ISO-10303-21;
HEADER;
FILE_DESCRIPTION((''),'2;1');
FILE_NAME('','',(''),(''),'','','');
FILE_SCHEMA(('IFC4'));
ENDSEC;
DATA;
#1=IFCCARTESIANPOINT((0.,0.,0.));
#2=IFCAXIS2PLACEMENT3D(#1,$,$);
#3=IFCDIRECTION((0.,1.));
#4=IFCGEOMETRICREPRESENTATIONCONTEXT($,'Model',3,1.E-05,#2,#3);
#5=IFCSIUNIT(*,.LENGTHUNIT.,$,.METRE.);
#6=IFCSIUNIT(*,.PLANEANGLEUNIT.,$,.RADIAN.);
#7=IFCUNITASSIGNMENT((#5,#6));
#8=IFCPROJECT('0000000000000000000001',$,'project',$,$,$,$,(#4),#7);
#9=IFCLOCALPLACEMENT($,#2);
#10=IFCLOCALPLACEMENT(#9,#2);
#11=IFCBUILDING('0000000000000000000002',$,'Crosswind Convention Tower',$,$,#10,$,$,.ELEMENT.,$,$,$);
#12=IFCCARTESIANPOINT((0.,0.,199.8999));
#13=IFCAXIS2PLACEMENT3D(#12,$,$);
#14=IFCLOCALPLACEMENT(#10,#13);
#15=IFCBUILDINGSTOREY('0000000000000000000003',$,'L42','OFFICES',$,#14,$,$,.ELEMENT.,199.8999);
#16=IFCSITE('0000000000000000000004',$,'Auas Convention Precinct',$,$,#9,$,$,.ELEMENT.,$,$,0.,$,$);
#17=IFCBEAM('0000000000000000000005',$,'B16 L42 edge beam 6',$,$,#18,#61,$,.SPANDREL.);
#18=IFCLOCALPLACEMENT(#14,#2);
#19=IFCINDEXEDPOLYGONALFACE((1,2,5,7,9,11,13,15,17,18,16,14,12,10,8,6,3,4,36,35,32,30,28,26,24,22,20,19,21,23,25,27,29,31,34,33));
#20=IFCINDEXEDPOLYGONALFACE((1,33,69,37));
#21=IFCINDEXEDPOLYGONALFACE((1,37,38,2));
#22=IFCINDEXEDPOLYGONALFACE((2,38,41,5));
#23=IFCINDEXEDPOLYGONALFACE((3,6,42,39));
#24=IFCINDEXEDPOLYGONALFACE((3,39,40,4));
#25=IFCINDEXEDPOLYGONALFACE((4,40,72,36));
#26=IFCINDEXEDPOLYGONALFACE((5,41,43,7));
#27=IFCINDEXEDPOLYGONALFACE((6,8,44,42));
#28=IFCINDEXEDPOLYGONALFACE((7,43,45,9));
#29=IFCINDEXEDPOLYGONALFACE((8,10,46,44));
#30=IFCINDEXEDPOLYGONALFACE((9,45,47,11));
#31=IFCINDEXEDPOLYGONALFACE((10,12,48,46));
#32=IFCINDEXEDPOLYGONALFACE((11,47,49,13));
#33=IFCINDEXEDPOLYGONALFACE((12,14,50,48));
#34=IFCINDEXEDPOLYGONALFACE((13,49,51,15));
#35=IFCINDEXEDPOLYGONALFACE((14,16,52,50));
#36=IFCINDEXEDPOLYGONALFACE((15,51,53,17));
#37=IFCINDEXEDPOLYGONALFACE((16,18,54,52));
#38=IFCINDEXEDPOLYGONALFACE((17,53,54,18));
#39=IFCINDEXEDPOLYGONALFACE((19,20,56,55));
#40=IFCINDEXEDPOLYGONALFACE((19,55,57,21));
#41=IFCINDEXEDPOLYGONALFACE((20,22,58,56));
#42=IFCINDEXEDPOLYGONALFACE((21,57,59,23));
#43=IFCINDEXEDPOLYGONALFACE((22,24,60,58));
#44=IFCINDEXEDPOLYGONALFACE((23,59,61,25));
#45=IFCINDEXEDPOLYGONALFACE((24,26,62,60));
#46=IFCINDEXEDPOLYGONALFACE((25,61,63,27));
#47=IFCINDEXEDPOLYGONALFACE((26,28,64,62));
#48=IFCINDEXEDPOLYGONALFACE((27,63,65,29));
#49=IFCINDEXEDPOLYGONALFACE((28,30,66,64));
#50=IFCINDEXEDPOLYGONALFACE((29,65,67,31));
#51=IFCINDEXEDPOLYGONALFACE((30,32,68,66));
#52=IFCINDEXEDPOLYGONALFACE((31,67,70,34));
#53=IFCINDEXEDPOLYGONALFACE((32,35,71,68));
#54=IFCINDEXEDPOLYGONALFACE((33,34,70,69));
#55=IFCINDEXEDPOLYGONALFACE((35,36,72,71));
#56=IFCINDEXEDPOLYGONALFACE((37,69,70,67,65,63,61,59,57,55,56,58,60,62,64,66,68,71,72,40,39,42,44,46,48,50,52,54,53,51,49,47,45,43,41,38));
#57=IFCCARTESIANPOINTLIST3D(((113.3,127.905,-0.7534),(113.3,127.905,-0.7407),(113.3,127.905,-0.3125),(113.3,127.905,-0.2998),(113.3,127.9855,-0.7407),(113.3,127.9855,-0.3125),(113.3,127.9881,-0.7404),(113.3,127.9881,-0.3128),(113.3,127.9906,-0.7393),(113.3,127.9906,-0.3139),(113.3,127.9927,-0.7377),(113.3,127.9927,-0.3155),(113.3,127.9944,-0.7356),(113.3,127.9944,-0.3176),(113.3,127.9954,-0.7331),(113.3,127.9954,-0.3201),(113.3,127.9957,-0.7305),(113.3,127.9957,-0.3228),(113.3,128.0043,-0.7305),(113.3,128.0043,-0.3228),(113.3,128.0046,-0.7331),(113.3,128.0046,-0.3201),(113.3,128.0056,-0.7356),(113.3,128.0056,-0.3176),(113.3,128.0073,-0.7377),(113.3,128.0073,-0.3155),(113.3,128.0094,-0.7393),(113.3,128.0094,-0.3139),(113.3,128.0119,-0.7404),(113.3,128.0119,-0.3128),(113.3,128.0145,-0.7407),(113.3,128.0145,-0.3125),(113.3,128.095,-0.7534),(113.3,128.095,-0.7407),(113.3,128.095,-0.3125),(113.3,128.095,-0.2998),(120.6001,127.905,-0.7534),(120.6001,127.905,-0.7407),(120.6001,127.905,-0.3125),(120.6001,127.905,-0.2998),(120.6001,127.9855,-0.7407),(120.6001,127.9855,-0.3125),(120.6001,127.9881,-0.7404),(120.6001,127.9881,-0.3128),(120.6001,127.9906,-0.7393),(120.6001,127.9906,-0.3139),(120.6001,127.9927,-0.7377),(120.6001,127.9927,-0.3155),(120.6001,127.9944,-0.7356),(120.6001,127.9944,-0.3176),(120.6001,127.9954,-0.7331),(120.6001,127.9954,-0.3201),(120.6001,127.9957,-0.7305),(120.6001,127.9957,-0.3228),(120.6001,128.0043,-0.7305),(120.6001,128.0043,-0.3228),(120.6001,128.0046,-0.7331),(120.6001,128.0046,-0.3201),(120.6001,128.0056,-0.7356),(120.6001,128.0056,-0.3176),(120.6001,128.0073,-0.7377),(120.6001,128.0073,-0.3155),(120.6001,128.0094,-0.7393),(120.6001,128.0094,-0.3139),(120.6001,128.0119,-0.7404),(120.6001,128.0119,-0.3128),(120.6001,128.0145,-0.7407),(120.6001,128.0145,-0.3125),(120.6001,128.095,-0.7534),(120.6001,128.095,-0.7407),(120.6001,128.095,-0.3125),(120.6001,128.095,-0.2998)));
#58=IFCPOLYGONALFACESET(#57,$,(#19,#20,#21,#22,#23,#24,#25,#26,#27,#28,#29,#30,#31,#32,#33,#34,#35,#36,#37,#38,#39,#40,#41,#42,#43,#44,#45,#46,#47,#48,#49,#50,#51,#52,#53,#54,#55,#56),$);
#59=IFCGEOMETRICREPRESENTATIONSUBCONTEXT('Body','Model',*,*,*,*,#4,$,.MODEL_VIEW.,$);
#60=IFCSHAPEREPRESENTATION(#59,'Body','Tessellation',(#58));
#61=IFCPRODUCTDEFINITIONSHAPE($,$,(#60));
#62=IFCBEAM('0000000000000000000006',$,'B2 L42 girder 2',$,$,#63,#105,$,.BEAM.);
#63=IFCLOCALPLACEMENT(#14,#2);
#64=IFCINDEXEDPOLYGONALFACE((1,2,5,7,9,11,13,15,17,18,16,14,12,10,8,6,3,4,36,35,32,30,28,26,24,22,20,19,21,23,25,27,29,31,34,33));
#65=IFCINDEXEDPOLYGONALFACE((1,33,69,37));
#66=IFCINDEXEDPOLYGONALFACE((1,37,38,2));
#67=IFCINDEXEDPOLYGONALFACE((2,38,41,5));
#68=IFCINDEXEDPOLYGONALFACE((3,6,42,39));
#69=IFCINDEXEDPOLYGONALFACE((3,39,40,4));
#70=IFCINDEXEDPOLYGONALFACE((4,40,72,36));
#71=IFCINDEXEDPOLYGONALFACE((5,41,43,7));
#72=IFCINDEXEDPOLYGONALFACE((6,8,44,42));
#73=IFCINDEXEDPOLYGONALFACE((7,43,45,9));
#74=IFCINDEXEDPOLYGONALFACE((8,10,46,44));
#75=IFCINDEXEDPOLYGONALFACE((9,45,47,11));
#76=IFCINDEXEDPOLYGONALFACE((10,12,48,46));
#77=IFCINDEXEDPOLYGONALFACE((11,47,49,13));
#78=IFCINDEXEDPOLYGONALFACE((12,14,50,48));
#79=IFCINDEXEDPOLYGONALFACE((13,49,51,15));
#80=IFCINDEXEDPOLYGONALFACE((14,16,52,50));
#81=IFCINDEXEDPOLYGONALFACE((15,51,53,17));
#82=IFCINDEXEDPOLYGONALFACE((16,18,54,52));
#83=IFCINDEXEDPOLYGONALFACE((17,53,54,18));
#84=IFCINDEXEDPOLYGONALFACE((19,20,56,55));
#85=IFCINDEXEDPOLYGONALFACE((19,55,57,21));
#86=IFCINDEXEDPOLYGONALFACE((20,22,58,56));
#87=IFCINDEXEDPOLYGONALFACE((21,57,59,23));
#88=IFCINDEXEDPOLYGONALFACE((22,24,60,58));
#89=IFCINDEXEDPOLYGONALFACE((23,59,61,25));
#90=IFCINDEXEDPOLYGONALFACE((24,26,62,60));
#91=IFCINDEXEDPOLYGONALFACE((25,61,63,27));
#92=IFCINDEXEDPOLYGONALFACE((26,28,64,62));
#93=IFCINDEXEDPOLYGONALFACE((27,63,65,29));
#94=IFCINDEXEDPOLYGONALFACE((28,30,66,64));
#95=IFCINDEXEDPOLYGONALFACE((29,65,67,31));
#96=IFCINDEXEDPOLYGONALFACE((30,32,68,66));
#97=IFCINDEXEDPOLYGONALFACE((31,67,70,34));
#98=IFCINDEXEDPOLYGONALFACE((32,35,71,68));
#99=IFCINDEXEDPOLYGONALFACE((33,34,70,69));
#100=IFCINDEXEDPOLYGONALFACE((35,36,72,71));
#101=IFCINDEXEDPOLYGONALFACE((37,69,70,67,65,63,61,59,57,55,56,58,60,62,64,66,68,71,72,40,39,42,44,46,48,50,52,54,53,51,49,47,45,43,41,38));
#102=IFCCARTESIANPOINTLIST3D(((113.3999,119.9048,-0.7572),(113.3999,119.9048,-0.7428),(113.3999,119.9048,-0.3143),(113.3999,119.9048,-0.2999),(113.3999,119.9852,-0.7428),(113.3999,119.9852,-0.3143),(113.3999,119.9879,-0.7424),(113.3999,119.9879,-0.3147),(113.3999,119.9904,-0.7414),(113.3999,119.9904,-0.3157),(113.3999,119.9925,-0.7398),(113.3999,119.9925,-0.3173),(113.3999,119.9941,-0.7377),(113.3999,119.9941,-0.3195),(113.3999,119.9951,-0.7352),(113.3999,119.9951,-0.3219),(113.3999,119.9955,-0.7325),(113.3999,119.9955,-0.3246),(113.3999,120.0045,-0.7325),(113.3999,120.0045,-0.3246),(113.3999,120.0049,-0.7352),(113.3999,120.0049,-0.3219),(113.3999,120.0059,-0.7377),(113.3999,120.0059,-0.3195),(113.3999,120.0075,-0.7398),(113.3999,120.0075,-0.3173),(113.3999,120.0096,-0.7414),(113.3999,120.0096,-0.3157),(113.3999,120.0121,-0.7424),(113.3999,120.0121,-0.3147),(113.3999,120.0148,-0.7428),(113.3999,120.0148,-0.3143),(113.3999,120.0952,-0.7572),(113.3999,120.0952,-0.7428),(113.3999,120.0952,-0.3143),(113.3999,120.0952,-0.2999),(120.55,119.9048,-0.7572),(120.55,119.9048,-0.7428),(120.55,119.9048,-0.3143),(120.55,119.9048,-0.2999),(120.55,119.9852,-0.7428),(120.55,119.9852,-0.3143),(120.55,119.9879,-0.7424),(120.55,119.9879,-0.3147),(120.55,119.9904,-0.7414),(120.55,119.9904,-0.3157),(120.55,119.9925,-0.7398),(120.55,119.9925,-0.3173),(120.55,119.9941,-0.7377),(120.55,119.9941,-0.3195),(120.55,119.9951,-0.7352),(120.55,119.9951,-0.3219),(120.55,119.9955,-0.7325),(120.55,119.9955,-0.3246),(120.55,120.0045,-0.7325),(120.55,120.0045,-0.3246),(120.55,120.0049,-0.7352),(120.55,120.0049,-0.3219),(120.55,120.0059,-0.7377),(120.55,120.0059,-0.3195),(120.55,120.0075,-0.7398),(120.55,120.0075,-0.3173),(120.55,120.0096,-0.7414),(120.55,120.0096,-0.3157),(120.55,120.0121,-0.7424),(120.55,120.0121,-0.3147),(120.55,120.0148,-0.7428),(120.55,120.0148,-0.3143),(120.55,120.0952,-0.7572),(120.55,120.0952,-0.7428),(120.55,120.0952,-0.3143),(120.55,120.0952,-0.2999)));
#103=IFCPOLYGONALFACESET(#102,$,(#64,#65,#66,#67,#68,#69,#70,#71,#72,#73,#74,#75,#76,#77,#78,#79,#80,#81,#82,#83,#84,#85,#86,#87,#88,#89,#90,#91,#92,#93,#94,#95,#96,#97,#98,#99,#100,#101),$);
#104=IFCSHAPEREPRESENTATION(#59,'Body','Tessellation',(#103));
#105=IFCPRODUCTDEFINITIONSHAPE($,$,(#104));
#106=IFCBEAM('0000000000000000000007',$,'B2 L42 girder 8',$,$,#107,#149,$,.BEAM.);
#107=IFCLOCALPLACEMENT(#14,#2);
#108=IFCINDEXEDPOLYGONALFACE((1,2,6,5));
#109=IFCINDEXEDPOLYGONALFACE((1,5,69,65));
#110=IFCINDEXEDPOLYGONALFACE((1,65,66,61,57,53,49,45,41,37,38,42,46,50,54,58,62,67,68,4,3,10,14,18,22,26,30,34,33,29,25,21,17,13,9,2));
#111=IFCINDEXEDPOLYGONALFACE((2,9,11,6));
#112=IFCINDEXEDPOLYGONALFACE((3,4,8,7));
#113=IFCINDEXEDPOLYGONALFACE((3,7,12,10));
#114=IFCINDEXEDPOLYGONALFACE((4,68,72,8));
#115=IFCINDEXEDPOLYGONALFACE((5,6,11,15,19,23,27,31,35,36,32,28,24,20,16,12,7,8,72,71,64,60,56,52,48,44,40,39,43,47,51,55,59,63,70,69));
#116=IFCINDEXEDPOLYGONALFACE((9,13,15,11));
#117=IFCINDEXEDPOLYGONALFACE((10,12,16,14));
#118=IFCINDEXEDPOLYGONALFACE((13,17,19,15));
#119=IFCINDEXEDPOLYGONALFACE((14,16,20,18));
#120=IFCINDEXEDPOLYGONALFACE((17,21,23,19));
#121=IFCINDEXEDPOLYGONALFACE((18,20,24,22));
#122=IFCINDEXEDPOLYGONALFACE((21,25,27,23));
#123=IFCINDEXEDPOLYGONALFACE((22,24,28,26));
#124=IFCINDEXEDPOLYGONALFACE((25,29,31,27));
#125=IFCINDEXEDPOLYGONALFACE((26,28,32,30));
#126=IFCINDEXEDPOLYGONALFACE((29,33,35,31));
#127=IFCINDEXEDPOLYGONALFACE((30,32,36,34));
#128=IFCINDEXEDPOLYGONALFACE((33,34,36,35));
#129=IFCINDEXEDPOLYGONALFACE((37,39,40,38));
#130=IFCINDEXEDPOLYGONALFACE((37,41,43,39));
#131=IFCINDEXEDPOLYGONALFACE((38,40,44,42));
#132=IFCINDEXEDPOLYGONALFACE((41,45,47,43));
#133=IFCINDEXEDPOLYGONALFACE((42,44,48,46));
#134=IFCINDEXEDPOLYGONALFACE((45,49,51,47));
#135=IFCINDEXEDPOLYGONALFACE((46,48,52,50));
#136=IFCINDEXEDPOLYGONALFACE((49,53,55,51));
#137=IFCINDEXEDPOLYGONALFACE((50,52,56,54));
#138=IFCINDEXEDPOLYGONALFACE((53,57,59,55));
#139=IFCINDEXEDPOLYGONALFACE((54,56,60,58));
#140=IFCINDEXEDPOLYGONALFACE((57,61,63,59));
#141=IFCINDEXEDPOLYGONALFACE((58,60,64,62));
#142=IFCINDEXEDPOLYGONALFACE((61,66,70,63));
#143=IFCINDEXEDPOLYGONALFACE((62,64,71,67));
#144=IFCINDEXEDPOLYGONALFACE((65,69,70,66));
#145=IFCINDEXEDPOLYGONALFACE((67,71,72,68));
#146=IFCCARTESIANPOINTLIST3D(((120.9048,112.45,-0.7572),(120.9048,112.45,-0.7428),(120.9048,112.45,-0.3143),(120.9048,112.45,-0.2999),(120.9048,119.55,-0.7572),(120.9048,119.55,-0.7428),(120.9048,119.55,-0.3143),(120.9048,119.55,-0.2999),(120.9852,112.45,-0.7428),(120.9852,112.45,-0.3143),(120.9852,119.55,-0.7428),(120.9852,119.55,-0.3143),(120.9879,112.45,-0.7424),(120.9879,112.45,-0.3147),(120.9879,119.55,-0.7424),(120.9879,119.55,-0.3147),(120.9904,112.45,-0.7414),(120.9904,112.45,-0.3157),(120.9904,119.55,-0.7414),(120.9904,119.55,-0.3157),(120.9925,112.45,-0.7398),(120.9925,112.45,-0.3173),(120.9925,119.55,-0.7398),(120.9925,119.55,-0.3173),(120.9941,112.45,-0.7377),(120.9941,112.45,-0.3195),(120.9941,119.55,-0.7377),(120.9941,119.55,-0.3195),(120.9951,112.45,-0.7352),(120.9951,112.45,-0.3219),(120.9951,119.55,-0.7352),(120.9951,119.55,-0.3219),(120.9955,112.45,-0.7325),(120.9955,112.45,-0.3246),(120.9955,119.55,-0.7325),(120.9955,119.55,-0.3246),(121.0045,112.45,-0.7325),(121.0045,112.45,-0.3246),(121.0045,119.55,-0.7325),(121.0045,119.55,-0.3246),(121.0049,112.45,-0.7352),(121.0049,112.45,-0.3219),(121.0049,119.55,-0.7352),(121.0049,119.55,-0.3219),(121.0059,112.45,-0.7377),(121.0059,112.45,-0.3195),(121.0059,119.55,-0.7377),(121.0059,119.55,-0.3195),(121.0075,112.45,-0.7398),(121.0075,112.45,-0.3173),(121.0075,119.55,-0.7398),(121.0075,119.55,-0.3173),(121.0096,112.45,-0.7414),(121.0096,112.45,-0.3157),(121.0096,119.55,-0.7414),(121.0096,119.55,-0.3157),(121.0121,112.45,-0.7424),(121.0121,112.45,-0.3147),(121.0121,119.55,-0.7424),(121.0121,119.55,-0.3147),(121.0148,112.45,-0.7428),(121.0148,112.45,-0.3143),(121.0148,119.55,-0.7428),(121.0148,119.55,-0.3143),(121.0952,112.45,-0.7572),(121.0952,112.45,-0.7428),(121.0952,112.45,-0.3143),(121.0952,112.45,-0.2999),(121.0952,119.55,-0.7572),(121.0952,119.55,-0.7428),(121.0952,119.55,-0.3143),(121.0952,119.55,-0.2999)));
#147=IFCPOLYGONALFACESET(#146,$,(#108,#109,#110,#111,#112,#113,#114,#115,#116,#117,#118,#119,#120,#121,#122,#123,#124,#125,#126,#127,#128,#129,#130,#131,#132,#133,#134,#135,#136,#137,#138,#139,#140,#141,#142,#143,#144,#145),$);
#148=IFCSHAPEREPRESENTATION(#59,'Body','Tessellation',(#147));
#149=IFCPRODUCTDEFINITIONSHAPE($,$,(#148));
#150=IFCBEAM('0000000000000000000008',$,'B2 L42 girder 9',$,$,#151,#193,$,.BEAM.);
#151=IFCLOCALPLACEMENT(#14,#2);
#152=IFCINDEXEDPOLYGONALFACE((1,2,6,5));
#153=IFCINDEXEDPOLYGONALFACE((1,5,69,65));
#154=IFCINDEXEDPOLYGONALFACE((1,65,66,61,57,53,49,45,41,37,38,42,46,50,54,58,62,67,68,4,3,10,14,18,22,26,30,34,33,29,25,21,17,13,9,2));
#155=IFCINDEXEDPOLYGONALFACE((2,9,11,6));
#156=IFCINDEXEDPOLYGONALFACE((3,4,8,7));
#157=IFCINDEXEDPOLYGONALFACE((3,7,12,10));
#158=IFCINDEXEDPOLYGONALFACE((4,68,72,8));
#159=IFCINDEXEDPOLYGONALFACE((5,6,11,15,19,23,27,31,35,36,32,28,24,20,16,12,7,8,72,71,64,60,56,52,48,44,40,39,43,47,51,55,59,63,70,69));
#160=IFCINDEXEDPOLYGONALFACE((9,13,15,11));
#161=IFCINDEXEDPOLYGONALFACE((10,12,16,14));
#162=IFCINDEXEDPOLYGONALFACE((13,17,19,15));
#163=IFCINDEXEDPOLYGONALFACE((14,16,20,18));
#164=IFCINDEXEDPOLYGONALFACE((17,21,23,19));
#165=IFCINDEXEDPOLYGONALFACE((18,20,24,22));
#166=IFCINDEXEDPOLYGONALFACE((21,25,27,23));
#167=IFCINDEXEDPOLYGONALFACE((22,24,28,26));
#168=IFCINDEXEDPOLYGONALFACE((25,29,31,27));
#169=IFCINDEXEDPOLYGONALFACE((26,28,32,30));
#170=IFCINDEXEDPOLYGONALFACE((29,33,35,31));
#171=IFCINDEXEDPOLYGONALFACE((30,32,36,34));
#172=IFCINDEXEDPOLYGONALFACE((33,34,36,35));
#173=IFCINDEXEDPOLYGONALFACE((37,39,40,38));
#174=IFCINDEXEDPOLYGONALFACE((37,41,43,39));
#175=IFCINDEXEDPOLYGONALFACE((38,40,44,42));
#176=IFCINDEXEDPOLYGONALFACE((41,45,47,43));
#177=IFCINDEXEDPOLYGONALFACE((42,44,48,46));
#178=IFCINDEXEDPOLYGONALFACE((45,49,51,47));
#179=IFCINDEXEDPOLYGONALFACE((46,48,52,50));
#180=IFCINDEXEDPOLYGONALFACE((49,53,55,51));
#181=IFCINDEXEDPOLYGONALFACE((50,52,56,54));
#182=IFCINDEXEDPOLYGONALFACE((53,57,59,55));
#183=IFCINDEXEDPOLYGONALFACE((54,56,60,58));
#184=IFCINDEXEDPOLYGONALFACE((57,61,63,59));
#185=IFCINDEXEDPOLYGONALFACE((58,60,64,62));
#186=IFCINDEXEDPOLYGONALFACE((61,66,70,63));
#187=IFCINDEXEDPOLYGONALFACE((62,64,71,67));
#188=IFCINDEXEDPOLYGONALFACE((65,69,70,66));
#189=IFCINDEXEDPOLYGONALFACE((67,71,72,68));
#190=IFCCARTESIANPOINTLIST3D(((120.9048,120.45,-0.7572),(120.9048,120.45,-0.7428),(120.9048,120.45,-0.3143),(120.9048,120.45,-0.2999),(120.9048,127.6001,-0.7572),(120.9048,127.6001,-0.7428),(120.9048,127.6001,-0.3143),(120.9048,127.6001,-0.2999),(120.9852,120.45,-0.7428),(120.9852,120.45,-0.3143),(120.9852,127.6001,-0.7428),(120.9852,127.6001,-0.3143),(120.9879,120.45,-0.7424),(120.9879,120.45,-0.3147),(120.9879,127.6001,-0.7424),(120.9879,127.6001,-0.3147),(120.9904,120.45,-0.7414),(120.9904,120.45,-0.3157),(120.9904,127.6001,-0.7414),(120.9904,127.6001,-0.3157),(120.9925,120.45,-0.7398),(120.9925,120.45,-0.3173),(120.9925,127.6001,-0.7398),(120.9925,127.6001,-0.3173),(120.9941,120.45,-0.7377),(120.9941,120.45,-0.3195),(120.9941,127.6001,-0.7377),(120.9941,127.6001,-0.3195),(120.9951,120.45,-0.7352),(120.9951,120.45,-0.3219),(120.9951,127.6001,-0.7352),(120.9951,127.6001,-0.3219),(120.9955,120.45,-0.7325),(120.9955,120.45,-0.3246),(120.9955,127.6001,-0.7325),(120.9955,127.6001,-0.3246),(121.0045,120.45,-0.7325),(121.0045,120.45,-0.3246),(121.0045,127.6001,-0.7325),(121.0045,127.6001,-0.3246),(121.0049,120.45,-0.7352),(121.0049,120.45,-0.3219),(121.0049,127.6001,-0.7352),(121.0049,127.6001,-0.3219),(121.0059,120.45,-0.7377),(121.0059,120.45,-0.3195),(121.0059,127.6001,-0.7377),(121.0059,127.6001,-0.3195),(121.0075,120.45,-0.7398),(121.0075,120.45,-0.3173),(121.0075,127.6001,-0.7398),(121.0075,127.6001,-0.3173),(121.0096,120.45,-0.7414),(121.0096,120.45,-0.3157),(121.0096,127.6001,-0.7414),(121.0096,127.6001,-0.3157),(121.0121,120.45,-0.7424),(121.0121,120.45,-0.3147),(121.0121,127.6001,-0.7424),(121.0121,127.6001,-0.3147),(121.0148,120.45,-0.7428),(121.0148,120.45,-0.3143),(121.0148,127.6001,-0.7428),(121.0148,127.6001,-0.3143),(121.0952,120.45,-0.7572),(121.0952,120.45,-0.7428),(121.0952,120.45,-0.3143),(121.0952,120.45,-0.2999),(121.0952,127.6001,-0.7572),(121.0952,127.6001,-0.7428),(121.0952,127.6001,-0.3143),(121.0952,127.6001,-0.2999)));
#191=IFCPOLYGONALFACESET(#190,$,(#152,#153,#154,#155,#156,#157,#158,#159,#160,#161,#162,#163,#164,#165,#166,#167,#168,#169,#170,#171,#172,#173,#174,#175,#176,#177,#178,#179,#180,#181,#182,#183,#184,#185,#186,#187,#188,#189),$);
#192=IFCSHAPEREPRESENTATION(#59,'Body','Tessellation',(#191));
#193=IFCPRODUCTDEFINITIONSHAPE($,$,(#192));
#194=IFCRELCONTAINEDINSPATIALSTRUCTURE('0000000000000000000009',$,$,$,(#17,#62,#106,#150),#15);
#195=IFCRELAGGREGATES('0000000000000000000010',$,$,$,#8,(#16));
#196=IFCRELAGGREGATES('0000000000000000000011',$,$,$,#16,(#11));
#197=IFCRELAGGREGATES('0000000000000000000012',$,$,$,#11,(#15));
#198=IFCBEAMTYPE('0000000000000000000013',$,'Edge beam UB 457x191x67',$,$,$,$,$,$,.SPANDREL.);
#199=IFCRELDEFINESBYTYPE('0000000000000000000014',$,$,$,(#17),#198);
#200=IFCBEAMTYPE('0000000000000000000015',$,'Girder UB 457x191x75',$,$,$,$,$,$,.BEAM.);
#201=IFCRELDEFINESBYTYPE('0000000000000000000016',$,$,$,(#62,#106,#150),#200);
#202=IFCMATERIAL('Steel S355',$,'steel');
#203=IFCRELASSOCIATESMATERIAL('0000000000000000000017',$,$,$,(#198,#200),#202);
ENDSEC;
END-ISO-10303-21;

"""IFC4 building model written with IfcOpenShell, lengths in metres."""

from ifc_helpers import new_model, si_unit, direction, frame, origin, origin_2d, place, context, subcontext, project, spatial, i_section, extrude, material, material_profile, profile_set, type_object, element, save


model = new_model("IFC4")

# Units and contexts
model_context = context("Model", 3, precision=1e-05, world=origin(), true_north=direction((0.0, 1.0)))
body_context = subcontext(model_context, "Body", "Model", "MODEL_VIEW")
ifc_project = project(units=[si_unit("LENGTHUNIT", "METRE"), si_unit("PLANEANGLEUNIT", "RADIAN")], contexts=[model_context])

# Site, building, storey
site_placement = place(None, origin())
site = spatial("IfcSite", under=ifc_project, at=site_placement, Name="Auas Convention Precinct", CompositionType="ELEMENT", RefElevation=0.0)
building_placement = place(site_placement, origin())
building = spatial("IfcBuilding", under=site, at=building_placement, Name="Crosswind Convention Tower", CompositionType="ELEMENT")
storey_placement = place(building_placement, frame((0.0, 0.0, 199.8999)))
storey = spatial("IfcBuildingStorey", under=building, at=storey_placement, Name="L42", Description="OFFICES", CompositionType="ELEMENT", Elevation=199.8999)

# Beams
ifc_material_1 = material(Name="Steel S355", Category="steel")
ifc_material_profile_1 = material_profile(ifc_material_1, i_section(OverallWidth=0.1899, OverallDepth=0.4536, WebThickness=0.0085, FlangeThickness=0.0127, FilletRadius=0.0103, at=origin_2d()), Name="UB 457x191x67")
ifc_profile_set_1 = profile_set([ifc_material_profile_1], Name="Steel S355")
beam_type_1 = type_object("IfcBeamType", Name="Edge beam UB 457x191x67", PredefinedType="SPANDREL", material=ifc_profile_set_1)
for number, where, z_axis, x_axis, name in (
    (1, (113.3, 128.0, -0.5266), (1.0, 0.0, 0.0), (0.0, 1.0, 0.0), "B16 L42 edge beam 6"),
):
    element("IfcBeam", number, at=place(storey_placement, frame(where, z_axis=z_axis, x_axis=x_axis)), inside=storey, type_object=beam_type_1, Name=name, PredefinedType="SPANDREL", context=body_context, shape_type="SweptSolid", body=[
        extrude(i_section(OverallWidth=0.1899, OverallDepth=0.4536, WebThickness=0.0085, FlangeThickness=0.0127, FilletRadius=0.0103, at=origin_2d()), origin(), (0.0, 0.0, 1.0), 7.3),
    ])
ifc_material_profile_2 = material_profile(ifc_material_1, i_section(OverallWidth=0.1904, OverallDepth=0.4573, WebThickness=0.009, FlangeThickness=0.0144, FilletRadius=0.0103, at=origin_2d()), Name="UB 457x191x75")
ifc_profile_set_2 = profile_set([ifc_material_profile_2], Name="Steel S355")
beam_type_2 = type_object("IfcBeamType", Name="Girder UB 457x191x75", PredefinedType="BEAM", material=ifc_profile_set_2)
beam_1_placement = place(storey_placement, frame((113.3999, 120.0, -0.5286), z_axis=(1.0, 0.0, 0.0), x_axis=(0.0, 1.0, 0.0)))
element("IfcBeam", 2, at=beam_1_placement, inside=storey, type_object=beam_type_2, Name="B2 L42 girder 2", PredefinedType="BEAM", context=body_context, shape_type="SweptSolid", body=[
    extrude(i_section(OverallWidth=0.1904, OverallDepth=0.4573, WebThickness=0.009, FlangeThickness=0.0144, FilletRadius=0.0103, at=origin_2d()), origin(), (0.0, 0.0, 1.0), 7.1501),
])
beam_2_placement = place(storey_placement, frame((121.0, 112.45, -0.5286), z_axis=(0.0, 1.0, 0.0), x_axis=(-1.0, 0.0, 0.0)))
element("IfcBeam", 3, at=beam_2_placement, inside=storey, type_object=beam_type_2, Name="B2 L42 girder 8", PredefinedType="BEAM", context=body_context, shape_type="SweptSolid", body=[
    extrude(i_section(OverallWidth=0.1904, OverallDepth=0.4573, WebThickness=0.009, FlangeThickness=0.0144, FilletRadius=0.0103, at=origin_2d()), origin(), (0.0, 0.0, 1.0), 7.1001),
])
beam_3_placement = place(storey_placement, frame((121.0, 120.45, -0.5286), z_axis=(0.0, 1.0, 0.0), x_axis=(-1.0, 0.0, 0.0)))
element("IfcBeam", 4, at=beam_3_placement, inside=storey, type_object=beam_type_2, Name="B2 L42 girder 9", PredefinedType="BEAM", context=body_context, shape_type="SweptSolid", body=[
    extrude(i_section(OverallWidth=0.1904, OverallDepth=0.4573, WebThickness=0.009, FlangeThickness=0.0144, FilletRadius=0.0103, at=origin_2d()), origin(), (0.0, 0.0, 1.0), 7.1501),
])

save(model, "model.ifc")
